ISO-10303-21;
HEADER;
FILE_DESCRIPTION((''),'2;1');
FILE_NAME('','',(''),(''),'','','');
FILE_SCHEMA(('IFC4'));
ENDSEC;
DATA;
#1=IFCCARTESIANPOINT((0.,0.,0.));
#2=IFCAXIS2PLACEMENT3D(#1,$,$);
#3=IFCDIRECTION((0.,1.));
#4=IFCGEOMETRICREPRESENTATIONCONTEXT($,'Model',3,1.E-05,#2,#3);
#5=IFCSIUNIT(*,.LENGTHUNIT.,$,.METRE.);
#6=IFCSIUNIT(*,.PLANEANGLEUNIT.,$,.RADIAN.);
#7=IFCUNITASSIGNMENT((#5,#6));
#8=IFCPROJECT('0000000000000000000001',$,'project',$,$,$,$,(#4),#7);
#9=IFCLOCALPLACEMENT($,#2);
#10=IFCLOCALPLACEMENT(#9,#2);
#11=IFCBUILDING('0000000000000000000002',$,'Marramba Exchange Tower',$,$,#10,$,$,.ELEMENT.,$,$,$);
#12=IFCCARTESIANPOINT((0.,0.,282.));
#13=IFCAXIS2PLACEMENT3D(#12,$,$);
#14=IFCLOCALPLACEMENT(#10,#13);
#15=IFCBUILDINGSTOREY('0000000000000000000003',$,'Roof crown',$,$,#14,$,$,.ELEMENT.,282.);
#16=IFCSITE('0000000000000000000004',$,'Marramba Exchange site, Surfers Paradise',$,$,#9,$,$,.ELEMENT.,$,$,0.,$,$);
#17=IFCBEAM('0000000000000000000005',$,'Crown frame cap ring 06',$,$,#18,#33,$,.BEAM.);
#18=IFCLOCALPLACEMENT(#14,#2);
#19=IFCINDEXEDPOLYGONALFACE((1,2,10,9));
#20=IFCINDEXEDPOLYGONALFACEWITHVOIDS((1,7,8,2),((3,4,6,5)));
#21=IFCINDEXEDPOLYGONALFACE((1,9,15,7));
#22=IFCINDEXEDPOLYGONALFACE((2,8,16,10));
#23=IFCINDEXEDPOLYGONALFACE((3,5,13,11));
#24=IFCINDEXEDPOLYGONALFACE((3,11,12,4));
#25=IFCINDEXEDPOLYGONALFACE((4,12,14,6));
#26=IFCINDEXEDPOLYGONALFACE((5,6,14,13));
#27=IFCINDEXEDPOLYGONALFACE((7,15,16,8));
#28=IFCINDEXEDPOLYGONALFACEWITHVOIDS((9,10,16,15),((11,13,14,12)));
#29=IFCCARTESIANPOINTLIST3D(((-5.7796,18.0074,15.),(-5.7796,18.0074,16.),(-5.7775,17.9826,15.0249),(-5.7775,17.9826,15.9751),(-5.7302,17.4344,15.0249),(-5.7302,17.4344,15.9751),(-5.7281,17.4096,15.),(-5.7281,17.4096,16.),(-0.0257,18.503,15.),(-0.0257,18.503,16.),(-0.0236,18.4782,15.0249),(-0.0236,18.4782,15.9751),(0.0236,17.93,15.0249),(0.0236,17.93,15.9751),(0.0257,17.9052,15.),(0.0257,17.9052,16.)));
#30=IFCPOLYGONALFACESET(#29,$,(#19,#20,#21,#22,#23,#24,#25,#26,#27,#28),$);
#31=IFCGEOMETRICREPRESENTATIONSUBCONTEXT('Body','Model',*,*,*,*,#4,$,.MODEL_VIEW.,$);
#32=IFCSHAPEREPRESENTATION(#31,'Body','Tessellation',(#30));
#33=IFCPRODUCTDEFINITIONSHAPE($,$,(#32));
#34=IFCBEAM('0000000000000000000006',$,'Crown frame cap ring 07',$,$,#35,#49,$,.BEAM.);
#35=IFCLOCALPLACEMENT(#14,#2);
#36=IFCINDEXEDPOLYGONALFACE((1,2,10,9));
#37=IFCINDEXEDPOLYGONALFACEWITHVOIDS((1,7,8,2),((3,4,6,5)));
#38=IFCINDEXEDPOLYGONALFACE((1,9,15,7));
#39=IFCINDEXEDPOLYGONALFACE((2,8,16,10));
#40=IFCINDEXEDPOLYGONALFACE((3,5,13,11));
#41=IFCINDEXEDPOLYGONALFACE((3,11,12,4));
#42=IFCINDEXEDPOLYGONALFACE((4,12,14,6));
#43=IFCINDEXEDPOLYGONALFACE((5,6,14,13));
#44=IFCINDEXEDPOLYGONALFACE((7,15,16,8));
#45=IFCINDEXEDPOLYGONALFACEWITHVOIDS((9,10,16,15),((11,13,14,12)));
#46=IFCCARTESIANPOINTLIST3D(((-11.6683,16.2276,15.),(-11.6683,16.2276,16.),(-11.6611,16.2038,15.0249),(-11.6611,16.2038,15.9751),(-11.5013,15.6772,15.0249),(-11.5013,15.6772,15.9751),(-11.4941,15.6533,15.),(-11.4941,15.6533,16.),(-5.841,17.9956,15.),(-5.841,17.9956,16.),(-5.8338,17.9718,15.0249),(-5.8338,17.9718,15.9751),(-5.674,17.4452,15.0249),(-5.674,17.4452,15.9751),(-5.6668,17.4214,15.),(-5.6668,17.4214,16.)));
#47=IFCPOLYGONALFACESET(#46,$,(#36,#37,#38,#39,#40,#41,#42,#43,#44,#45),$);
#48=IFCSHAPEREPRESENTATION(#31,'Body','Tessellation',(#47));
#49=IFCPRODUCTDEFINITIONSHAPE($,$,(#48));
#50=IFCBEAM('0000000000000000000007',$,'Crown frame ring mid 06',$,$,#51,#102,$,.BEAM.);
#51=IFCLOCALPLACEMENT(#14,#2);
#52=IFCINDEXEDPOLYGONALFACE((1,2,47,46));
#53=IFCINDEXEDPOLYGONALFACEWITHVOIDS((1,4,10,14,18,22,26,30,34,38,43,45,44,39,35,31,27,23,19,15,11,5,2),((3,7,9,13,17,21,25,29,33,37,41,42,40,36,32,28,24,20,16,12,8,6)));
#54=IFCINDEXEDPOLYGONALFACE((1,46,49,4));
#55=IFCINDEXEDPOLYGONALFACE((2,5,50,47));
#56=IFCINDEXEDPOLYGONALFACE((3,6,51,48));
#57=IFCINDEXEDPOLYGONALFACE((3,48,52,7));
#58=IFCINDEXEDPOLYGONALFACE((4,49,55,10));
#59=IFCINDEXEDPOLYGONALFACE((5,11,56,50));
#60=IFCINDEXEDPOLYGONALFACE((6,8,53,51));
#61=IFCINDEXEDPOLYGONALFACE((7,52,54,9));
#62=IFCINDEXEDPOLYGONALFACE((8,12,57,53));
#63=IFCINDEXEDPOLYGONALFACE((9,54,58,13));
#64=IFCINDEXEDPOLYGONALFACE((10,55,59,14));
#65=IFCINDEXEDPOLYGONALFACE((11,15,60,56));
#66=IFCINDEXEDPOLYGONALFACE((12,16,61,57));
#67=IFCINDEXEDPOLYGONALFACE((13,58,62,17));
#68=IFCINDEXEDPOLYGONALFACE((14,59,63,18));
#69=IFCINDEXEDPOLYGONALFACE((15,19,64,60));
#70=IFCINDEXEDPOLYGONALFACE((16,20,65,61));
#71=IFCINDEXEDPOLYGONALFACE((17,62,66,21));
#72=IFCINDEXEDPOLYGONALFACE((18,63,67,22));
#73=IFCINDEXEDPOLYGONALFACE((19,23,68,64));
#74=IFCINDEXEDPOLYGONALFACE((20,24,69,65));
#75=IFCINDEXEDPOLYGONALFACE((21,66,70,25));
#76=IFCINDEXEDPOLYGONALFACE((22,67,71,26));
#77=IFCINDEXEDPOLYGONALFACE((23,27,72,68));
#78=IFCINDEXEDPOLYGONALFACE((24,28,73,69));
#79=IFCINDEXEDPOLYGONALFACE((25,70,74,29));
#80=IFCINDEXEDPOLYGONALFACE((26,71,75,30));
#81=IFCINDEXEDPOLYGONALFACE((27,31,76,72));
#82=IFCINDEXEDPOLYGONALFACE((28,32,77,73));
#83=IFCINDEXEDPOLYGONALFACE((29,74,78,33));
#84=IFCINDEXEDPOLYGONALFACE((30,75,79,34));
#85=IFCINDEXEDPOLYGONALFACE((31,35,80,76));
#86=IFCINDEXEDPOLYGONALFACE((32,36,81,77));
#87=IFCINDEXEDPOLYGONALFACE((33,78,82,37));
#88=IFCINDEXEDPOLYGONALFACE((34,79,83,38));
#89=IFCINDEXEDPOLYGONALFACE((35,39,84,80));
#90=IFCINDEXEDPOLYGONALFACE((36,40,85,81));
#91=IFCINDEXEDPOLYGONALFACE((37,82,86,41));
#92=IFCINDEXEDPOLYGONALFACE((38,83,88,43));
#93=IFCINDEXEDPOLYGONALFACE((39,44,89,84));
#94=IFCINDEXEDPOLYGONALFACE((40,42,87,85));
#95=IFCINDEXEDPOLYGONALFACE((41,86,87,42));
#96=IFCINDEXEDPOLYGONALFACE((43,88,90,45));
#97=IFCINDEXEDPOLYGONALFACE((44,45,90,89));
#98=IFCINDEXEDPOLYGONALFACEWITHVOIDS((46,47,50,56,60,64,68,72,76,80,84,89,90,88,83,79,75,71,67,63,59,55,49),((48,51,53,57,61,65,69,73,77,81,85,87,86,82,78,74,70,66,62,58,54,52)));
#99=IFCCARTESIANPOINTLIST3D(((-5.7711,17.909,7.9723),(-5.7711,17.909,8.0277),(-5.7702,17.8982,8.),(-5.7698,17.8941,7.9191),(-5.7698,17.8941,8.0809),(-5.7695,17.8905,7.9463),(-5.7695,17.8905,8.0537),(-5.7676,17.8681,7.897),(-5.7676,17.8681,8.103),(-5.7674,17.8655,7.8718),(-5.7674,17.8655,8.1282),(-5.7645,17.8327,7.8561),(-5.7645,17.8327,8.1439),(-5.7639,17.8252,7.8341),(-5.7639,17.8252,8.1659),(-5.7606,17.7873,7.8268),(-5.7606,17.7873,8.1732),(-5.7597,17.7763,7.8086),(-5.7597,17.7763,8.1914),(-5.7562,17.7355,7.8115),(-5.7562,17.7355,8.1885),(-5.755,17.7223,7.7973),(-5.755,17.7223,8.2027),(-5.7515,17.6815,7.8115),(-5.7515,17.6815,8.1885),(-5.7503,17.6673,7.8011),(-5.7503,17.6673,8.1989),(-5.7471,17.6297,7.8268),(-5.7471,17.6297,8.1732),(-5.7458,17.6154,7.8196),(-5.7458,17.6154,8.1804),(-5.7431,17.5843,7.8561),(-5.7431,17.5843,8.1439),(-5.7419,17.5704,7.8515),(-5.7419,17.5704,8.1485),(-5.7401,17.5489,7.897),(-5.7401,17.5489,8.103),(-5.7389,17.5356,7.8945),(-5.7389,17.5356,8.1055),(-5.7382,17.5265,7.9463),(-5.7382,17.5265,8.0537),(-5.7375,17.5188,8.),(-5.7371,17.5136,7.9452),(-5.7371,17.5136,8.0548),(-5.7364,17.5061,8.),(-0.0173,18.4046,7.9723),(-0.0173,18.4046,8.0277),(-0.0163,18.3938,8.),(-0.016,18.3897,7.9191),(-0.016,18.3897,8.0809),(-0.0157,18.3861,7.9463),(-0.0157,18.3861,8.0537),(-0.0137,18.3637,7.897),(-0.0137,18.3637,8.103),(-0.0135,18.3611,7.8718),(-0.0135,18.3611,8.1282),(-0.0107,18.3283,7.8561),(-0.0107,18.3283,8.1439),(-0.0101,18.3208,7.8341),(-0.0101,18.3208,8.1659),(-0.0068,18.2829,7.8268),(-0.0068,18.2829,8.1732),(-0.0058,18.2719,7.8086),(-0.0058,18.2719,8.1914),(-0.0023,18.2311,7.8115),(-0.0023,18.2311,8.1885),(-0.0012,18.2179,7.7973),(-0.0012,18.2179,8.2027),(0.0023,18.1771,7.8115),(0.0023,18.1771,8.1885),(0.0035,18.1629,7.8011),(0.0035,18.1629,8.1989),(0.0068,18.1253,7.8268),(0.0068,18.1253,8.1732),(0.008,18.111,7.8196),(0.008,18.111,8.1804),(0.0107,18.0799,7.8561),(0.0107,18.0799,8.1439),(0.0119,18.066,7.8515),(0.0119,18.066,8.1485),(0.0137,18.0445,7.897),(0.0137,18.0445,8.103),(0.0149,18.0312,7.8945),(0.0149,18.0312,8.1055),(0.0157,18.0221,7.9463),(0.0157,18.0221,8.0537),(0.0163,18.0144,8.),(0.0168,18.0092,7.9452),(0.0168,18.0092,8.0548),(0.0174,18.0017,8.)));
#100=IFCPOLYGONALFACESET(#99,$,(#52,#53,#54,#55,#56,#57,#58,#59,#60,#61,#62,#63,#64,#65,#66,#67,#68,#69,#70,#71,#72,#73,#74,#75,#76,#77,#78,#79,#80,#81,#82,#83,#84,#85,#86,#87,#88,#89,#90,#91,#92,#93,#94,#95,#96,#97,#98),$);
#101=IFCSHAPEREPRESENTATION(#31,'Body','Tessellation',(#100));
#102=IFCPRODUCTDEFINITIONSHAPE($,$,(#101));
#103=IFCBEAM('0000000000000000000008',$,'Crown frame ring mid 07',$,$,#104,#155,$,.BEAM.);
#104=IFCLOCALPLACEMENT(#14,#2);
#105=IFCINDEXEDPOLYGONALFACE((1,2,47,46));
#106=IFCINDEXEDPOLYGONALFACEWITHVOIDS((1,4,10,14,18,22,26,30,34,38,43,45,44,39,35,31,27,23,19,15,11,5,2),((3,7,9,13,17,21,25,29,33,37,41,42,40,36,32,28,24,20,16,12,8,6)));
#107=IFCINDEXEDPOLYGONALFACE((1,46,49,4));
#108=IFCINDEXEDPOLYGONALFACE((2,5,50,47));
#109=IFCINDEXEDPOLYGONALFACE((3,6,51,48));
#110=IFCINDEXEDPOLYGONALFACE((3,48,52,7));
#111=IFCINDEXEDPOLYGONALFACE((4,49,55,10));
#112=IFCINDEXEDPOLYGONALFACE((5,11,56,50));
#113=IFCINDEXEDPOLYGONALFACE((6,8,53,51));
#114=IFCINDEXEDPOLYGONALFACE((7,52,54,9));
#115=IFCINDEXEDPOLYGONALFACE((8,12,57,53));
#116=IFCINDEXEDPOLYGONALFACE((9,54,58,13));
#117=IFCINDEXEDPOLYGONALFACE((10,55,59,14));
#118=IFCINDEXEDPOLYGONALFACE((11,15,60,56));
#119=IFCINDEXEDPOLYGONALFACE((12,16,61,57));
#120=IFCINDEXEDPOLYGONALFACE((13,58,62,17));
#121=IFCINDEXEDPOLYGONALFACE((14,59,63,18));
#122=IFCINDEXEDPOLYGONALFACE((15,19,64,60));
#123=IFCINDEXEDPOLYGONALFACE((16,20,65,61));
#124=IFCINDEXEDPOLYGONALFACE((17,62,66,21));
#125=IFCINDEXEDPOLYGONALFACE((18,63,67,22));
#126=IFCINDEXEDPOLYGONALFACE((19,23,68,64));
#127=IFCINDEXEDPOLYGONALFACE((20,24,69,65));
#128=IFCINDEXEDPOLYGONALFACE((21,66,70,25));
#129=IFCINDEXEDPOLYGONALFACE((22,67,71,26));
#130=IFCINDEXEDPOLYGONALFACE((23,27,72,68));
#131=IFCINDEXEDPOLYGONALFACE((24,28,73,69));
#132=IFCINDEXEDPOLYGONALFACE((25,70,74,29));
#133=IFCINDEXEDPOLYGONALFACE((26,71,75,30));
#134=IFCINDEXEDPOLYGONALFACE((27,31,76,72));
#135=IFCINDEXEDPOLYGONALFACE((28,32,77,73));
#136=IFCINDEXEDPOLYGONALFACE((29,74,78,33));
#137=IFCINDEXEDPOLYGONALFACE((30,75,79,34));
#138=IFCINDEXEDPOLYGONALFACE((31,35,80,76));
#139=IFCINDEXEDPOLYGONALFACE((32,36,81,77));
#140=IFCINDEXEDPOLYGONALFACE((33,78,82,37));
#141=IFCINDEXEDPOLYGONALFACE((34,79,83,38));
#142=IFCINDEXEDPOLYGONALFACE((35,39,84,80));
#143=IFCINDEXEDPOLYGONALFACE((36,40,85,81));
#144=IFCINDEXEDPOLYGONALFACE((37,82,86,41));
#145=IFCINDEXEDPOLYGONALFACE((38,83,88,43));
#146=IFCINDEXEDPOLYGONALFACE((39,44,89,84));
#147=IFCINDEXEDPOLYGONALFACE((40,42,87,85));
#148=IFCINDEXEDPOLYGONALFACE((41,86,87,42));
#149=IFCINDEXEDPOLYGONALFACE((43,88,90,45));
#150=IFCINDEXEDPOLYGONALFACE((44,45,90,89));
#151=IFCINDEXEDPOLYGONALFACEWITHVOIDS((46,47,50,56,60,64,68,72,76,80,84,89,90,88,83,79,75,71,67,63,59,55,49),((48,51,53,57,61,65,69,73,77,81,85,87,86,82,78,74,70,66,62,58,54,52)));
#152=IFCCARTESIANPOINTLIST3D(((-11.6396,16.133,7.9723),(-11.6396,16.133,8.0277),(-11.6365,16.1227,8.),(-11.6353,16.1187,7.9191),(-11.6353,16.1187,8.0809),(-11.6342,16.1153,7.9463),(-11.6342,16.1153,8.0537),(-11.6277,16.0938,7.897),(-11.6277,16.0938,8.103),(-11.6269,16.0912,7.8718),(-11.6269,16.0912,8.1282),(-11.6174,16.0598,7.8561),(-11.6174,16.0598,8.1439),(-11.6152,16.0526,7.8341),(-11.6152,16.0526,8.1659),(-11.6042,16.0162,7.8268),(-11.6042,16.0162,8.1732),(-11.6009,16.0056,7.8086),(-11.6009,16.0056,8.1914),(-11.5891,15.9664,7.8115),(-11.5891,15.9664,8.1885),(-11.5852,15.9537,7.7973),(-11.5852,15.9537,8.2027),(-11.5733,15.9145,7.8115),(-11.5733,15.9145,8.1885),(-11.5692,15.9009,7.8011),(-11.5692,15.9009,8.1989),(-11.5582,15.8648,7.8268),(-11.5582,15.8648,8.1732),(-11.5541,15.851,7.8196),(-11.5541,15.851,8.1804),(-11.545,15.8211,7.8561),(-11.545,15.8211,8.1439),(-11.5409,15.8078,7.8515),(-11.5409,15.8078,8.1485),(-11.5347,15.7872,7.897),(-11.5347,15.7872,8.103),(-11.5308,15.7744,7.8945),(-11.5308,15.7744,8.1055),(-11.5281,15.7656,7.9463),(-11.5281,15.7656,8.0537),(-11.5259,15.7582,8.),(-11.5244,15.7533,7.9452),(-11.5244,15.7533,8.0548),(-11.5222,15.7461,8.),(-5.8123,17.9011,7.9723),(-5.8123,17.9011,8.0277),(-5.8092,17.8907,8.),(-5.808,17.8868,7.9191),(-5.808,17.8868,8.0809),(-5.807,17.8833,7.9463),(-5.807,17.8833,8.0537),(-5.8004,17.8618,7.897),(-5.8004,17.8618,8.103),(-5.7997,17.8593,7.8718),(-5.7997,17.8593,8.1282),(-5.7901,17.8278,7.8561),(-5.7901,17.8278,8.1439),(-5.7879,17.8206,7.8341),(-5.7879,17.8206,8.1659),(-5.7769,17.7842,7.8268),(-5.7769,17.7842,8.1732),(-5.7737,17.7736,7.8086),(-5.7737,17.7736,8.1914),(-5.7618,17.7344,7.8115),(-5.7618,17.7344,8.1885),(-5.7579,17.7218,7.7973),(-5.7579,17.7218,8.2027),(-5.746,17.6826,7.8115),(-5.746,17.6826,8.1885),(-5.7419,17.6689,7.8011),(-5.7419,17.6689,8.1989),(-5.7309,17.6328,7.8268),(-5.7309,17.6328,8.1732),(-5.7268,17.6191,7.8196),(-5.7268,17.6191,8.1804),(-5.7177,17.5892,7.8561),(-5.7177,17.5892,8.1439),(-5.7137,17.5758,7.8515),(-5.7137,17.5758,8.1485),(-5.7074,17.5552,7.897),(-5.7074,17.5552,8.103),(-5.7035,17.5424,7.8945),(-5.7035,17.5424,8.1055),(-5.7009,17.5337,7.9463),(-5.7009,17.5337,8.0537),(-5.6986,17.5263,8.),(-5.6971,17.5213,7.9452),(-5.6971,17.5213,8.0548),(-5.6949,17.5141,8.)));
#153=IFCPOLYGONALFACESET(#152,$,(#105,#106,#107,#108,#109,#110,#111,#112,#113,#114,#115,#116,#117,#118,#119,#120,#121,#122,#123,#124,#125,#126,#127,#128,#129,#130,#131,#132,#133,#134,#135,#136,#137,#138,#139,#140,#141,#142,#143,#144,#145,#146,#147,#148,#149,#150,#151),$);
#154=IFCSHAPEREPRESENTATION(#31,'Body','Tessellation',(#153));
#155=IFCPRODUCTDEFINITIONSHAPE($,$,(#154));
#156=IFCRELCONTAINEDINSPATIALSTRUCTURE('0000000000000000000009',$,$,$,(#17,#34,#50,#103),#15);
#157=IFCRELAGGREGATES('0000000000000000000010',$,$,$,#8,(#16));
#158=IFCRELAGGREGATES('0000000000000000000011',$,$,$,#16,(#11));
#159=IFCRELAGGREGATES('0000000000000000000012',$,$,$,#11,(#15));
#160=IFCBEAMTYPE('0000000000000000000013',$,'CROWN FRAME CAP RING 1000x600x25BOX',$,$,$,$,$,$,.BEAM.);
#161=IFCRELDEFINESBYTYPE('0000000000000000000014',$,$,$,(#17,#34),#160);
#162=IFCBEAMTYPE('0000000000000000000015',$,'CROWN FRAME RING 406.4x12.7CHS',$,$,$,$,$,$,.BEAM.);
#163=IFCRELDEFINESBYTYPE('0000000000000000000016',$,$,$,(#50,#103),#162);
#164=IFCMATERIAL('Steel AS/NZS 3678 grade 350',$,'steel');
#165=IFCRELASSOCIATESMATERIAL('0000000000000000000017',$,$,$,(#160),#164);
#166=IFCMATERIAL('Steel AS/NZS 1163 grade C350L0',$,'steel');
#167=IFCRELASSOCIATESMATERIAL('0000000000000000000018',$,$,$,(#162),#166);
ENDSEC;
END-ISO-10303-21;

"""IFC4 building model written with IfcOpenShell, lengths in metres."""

from ifc_helpers import new_model, si_unit, direction, frame, origin, origin_2d, place, context, subcontext, project, spatial, hollow_rectangle, hollow_circle, extrude, material, material_profile, profile_set, type_object, element, save


model = new_model("IFC4")

# Units and contexts
model_context = context("Model", 3, precision=1e-05, world=origin(), true_north=direction((0.0, 1.0)))
body_context = subcontext(model_context, "Body", "Model", "MODEL_VIEW")
ifc_project = project(units=[si_unit("LENGTHUNIT", "METRE"), si_unit("PLANEANGLEUNIT", "RADIAN")], contexts=[model_context])

# Site, building, storey
site_placement = place(None, origin())
site = spatial("IfcSite", under=ifc_project, at=site_placement, Name="Marramba Exchange site, Surfers Paradise", CompositionType="ELEMENT", RefElevation=0.0)
building_placement = place(site_placement, origin())
building = spatial("IfcBuilding", under=site, at=building_placement, Name="Marramba Exchange Tower", CompositionType="ELEMENT")
storey_placement = place(building_placement, frame((0.0, 0.0, 282.0)))
storey = spatial("IfcBuildingStorey", under=building, at=storey_placement, Name="Roof crown", CompositionType="ELEMENT", Elevation=282.0)

# Beams
ifc_material_1 = material(Name="Steel AS/NZS 3678 grade 350", Category="steel")
ifc_material_profile_1 = material_profile(ifc_material_1, hollow_rectangle(XDim=0.6001, YDim=1.0, WallThickness=0.0249, at=origin_2d()), Name="1000x600x25BOX")
ifc_profile_set_1 = profile_set([ifc_material_profile_1], Name="Steel AS/NZS 3678 grade 350")
beam_type_1 = type_object("IfcBeamType", Name="CROWN FRAME CAP RING 1000x600x25BOX", PredefinedType="BEAM", material=ifc_profile_set_1)
beam_1_placement = place(storey_placement, frame((0.0, 18.2041, 15.5), z_axis=(-0.996311, -0.085816, 0.0), x_axis=(0.085816, -0.996311, 0.0)))
element("IfcBeam", 1, at=beam_1_placement, inside=storey, type_object=beam_type_1, Name="Crown frame cap ring 06", PredefinedType="BEAM", context=body_context, shape_type="SweptSolid", body=[
    extrude(hollow_rectangle(XDim=0.6001, YDim=1.0, WallThickness=0.0249, at=origin_2d()), origin(), (0.0, 0.0, 1.0), 5.7751),
])
beam_2_placement = place(storey_placement, frame((-5.7539, 17.7085, 15.5), z_axis=(-0.956925, -0.290337, 0.0), x_axis=(0.290337, -0.956925, 0.0)))
element("IfcBeam", 2, at=beam_2_placement, inside=storey, type_object=beam_type_1, Name="Crown frame cap ring 07", PredefinedType="BEAM", context=body_context, shape_type="SweptSolid", body=[
    extrude(hollow_rectangle(XDim=0.6001, YDim=1.0, WallThickness=0.0249, at=origin_2d()), origin(), (0.0, 0.0, 1.0), 6.0896),
])
ifc_material_2 = material(Name="Steel AS/NZS 1163 grade C350L0", Category="steel")
ifc_material_profile_2 = material_profile(ifc_material_2, hollow_circle(Radius=0.2031, WallThickness=0.0127, at=origin_2d()), Name="406.4x12.7CHS")
ifc_profile_set_2 = profile_set([ifc_material_profile_2], Name="Steel AS/NZS 1163 grade C350L0")
beam_type_2 = type_object("IfcBeamType", Name="CROWN FRAME RING 406.4x12.7CHS", PredefinedType="BEAM", material=ifc_profile_set_2)
beam_3_placement = place(storey_placement, frame((0.0, 18.2041, 8.0), z_axis=(-0.996311, -0.085816, 0.0), x_axis=(0.085816, -0.996311, 0.0)))
element("IfcBeam", 3, at=beam_3_placement, inside=storey, type_object=beam_type_2, Name="Crown frame ring mid 06", PredefinedType="BEAM", context=body_context, shape_type="SweptSolid", body=[
    extrude(hollow_circle(Radius=0.2031, WallThickness=0.0127, at=origin_2d()), origin(), (0.0, 0.0, 1.0), 5.7751),
])
beam_4_placement = place(storey_placement, frame((-5.7539, 17.7085, 8.0), z_axis=(-0.956925, -0.290337, 0.0), x_axis=(0.290337, -0.956925, 0.0)))
element("IfcBeam", 4, at=beam_4_placement, inside=storey, type_object=beam_type_2, Name="Crown frame ring mid 07", PredefinedType="BEAM", context=body_context, shape_type="SweptSolid", body=[
    extrude(hollow_circle(Radius=0.2031, WallThickness=0.0127, at=origin_2d()), origin(), (0.0, 0.0, 1.0), 6.0896),
])

save(model, "model.ifc")
